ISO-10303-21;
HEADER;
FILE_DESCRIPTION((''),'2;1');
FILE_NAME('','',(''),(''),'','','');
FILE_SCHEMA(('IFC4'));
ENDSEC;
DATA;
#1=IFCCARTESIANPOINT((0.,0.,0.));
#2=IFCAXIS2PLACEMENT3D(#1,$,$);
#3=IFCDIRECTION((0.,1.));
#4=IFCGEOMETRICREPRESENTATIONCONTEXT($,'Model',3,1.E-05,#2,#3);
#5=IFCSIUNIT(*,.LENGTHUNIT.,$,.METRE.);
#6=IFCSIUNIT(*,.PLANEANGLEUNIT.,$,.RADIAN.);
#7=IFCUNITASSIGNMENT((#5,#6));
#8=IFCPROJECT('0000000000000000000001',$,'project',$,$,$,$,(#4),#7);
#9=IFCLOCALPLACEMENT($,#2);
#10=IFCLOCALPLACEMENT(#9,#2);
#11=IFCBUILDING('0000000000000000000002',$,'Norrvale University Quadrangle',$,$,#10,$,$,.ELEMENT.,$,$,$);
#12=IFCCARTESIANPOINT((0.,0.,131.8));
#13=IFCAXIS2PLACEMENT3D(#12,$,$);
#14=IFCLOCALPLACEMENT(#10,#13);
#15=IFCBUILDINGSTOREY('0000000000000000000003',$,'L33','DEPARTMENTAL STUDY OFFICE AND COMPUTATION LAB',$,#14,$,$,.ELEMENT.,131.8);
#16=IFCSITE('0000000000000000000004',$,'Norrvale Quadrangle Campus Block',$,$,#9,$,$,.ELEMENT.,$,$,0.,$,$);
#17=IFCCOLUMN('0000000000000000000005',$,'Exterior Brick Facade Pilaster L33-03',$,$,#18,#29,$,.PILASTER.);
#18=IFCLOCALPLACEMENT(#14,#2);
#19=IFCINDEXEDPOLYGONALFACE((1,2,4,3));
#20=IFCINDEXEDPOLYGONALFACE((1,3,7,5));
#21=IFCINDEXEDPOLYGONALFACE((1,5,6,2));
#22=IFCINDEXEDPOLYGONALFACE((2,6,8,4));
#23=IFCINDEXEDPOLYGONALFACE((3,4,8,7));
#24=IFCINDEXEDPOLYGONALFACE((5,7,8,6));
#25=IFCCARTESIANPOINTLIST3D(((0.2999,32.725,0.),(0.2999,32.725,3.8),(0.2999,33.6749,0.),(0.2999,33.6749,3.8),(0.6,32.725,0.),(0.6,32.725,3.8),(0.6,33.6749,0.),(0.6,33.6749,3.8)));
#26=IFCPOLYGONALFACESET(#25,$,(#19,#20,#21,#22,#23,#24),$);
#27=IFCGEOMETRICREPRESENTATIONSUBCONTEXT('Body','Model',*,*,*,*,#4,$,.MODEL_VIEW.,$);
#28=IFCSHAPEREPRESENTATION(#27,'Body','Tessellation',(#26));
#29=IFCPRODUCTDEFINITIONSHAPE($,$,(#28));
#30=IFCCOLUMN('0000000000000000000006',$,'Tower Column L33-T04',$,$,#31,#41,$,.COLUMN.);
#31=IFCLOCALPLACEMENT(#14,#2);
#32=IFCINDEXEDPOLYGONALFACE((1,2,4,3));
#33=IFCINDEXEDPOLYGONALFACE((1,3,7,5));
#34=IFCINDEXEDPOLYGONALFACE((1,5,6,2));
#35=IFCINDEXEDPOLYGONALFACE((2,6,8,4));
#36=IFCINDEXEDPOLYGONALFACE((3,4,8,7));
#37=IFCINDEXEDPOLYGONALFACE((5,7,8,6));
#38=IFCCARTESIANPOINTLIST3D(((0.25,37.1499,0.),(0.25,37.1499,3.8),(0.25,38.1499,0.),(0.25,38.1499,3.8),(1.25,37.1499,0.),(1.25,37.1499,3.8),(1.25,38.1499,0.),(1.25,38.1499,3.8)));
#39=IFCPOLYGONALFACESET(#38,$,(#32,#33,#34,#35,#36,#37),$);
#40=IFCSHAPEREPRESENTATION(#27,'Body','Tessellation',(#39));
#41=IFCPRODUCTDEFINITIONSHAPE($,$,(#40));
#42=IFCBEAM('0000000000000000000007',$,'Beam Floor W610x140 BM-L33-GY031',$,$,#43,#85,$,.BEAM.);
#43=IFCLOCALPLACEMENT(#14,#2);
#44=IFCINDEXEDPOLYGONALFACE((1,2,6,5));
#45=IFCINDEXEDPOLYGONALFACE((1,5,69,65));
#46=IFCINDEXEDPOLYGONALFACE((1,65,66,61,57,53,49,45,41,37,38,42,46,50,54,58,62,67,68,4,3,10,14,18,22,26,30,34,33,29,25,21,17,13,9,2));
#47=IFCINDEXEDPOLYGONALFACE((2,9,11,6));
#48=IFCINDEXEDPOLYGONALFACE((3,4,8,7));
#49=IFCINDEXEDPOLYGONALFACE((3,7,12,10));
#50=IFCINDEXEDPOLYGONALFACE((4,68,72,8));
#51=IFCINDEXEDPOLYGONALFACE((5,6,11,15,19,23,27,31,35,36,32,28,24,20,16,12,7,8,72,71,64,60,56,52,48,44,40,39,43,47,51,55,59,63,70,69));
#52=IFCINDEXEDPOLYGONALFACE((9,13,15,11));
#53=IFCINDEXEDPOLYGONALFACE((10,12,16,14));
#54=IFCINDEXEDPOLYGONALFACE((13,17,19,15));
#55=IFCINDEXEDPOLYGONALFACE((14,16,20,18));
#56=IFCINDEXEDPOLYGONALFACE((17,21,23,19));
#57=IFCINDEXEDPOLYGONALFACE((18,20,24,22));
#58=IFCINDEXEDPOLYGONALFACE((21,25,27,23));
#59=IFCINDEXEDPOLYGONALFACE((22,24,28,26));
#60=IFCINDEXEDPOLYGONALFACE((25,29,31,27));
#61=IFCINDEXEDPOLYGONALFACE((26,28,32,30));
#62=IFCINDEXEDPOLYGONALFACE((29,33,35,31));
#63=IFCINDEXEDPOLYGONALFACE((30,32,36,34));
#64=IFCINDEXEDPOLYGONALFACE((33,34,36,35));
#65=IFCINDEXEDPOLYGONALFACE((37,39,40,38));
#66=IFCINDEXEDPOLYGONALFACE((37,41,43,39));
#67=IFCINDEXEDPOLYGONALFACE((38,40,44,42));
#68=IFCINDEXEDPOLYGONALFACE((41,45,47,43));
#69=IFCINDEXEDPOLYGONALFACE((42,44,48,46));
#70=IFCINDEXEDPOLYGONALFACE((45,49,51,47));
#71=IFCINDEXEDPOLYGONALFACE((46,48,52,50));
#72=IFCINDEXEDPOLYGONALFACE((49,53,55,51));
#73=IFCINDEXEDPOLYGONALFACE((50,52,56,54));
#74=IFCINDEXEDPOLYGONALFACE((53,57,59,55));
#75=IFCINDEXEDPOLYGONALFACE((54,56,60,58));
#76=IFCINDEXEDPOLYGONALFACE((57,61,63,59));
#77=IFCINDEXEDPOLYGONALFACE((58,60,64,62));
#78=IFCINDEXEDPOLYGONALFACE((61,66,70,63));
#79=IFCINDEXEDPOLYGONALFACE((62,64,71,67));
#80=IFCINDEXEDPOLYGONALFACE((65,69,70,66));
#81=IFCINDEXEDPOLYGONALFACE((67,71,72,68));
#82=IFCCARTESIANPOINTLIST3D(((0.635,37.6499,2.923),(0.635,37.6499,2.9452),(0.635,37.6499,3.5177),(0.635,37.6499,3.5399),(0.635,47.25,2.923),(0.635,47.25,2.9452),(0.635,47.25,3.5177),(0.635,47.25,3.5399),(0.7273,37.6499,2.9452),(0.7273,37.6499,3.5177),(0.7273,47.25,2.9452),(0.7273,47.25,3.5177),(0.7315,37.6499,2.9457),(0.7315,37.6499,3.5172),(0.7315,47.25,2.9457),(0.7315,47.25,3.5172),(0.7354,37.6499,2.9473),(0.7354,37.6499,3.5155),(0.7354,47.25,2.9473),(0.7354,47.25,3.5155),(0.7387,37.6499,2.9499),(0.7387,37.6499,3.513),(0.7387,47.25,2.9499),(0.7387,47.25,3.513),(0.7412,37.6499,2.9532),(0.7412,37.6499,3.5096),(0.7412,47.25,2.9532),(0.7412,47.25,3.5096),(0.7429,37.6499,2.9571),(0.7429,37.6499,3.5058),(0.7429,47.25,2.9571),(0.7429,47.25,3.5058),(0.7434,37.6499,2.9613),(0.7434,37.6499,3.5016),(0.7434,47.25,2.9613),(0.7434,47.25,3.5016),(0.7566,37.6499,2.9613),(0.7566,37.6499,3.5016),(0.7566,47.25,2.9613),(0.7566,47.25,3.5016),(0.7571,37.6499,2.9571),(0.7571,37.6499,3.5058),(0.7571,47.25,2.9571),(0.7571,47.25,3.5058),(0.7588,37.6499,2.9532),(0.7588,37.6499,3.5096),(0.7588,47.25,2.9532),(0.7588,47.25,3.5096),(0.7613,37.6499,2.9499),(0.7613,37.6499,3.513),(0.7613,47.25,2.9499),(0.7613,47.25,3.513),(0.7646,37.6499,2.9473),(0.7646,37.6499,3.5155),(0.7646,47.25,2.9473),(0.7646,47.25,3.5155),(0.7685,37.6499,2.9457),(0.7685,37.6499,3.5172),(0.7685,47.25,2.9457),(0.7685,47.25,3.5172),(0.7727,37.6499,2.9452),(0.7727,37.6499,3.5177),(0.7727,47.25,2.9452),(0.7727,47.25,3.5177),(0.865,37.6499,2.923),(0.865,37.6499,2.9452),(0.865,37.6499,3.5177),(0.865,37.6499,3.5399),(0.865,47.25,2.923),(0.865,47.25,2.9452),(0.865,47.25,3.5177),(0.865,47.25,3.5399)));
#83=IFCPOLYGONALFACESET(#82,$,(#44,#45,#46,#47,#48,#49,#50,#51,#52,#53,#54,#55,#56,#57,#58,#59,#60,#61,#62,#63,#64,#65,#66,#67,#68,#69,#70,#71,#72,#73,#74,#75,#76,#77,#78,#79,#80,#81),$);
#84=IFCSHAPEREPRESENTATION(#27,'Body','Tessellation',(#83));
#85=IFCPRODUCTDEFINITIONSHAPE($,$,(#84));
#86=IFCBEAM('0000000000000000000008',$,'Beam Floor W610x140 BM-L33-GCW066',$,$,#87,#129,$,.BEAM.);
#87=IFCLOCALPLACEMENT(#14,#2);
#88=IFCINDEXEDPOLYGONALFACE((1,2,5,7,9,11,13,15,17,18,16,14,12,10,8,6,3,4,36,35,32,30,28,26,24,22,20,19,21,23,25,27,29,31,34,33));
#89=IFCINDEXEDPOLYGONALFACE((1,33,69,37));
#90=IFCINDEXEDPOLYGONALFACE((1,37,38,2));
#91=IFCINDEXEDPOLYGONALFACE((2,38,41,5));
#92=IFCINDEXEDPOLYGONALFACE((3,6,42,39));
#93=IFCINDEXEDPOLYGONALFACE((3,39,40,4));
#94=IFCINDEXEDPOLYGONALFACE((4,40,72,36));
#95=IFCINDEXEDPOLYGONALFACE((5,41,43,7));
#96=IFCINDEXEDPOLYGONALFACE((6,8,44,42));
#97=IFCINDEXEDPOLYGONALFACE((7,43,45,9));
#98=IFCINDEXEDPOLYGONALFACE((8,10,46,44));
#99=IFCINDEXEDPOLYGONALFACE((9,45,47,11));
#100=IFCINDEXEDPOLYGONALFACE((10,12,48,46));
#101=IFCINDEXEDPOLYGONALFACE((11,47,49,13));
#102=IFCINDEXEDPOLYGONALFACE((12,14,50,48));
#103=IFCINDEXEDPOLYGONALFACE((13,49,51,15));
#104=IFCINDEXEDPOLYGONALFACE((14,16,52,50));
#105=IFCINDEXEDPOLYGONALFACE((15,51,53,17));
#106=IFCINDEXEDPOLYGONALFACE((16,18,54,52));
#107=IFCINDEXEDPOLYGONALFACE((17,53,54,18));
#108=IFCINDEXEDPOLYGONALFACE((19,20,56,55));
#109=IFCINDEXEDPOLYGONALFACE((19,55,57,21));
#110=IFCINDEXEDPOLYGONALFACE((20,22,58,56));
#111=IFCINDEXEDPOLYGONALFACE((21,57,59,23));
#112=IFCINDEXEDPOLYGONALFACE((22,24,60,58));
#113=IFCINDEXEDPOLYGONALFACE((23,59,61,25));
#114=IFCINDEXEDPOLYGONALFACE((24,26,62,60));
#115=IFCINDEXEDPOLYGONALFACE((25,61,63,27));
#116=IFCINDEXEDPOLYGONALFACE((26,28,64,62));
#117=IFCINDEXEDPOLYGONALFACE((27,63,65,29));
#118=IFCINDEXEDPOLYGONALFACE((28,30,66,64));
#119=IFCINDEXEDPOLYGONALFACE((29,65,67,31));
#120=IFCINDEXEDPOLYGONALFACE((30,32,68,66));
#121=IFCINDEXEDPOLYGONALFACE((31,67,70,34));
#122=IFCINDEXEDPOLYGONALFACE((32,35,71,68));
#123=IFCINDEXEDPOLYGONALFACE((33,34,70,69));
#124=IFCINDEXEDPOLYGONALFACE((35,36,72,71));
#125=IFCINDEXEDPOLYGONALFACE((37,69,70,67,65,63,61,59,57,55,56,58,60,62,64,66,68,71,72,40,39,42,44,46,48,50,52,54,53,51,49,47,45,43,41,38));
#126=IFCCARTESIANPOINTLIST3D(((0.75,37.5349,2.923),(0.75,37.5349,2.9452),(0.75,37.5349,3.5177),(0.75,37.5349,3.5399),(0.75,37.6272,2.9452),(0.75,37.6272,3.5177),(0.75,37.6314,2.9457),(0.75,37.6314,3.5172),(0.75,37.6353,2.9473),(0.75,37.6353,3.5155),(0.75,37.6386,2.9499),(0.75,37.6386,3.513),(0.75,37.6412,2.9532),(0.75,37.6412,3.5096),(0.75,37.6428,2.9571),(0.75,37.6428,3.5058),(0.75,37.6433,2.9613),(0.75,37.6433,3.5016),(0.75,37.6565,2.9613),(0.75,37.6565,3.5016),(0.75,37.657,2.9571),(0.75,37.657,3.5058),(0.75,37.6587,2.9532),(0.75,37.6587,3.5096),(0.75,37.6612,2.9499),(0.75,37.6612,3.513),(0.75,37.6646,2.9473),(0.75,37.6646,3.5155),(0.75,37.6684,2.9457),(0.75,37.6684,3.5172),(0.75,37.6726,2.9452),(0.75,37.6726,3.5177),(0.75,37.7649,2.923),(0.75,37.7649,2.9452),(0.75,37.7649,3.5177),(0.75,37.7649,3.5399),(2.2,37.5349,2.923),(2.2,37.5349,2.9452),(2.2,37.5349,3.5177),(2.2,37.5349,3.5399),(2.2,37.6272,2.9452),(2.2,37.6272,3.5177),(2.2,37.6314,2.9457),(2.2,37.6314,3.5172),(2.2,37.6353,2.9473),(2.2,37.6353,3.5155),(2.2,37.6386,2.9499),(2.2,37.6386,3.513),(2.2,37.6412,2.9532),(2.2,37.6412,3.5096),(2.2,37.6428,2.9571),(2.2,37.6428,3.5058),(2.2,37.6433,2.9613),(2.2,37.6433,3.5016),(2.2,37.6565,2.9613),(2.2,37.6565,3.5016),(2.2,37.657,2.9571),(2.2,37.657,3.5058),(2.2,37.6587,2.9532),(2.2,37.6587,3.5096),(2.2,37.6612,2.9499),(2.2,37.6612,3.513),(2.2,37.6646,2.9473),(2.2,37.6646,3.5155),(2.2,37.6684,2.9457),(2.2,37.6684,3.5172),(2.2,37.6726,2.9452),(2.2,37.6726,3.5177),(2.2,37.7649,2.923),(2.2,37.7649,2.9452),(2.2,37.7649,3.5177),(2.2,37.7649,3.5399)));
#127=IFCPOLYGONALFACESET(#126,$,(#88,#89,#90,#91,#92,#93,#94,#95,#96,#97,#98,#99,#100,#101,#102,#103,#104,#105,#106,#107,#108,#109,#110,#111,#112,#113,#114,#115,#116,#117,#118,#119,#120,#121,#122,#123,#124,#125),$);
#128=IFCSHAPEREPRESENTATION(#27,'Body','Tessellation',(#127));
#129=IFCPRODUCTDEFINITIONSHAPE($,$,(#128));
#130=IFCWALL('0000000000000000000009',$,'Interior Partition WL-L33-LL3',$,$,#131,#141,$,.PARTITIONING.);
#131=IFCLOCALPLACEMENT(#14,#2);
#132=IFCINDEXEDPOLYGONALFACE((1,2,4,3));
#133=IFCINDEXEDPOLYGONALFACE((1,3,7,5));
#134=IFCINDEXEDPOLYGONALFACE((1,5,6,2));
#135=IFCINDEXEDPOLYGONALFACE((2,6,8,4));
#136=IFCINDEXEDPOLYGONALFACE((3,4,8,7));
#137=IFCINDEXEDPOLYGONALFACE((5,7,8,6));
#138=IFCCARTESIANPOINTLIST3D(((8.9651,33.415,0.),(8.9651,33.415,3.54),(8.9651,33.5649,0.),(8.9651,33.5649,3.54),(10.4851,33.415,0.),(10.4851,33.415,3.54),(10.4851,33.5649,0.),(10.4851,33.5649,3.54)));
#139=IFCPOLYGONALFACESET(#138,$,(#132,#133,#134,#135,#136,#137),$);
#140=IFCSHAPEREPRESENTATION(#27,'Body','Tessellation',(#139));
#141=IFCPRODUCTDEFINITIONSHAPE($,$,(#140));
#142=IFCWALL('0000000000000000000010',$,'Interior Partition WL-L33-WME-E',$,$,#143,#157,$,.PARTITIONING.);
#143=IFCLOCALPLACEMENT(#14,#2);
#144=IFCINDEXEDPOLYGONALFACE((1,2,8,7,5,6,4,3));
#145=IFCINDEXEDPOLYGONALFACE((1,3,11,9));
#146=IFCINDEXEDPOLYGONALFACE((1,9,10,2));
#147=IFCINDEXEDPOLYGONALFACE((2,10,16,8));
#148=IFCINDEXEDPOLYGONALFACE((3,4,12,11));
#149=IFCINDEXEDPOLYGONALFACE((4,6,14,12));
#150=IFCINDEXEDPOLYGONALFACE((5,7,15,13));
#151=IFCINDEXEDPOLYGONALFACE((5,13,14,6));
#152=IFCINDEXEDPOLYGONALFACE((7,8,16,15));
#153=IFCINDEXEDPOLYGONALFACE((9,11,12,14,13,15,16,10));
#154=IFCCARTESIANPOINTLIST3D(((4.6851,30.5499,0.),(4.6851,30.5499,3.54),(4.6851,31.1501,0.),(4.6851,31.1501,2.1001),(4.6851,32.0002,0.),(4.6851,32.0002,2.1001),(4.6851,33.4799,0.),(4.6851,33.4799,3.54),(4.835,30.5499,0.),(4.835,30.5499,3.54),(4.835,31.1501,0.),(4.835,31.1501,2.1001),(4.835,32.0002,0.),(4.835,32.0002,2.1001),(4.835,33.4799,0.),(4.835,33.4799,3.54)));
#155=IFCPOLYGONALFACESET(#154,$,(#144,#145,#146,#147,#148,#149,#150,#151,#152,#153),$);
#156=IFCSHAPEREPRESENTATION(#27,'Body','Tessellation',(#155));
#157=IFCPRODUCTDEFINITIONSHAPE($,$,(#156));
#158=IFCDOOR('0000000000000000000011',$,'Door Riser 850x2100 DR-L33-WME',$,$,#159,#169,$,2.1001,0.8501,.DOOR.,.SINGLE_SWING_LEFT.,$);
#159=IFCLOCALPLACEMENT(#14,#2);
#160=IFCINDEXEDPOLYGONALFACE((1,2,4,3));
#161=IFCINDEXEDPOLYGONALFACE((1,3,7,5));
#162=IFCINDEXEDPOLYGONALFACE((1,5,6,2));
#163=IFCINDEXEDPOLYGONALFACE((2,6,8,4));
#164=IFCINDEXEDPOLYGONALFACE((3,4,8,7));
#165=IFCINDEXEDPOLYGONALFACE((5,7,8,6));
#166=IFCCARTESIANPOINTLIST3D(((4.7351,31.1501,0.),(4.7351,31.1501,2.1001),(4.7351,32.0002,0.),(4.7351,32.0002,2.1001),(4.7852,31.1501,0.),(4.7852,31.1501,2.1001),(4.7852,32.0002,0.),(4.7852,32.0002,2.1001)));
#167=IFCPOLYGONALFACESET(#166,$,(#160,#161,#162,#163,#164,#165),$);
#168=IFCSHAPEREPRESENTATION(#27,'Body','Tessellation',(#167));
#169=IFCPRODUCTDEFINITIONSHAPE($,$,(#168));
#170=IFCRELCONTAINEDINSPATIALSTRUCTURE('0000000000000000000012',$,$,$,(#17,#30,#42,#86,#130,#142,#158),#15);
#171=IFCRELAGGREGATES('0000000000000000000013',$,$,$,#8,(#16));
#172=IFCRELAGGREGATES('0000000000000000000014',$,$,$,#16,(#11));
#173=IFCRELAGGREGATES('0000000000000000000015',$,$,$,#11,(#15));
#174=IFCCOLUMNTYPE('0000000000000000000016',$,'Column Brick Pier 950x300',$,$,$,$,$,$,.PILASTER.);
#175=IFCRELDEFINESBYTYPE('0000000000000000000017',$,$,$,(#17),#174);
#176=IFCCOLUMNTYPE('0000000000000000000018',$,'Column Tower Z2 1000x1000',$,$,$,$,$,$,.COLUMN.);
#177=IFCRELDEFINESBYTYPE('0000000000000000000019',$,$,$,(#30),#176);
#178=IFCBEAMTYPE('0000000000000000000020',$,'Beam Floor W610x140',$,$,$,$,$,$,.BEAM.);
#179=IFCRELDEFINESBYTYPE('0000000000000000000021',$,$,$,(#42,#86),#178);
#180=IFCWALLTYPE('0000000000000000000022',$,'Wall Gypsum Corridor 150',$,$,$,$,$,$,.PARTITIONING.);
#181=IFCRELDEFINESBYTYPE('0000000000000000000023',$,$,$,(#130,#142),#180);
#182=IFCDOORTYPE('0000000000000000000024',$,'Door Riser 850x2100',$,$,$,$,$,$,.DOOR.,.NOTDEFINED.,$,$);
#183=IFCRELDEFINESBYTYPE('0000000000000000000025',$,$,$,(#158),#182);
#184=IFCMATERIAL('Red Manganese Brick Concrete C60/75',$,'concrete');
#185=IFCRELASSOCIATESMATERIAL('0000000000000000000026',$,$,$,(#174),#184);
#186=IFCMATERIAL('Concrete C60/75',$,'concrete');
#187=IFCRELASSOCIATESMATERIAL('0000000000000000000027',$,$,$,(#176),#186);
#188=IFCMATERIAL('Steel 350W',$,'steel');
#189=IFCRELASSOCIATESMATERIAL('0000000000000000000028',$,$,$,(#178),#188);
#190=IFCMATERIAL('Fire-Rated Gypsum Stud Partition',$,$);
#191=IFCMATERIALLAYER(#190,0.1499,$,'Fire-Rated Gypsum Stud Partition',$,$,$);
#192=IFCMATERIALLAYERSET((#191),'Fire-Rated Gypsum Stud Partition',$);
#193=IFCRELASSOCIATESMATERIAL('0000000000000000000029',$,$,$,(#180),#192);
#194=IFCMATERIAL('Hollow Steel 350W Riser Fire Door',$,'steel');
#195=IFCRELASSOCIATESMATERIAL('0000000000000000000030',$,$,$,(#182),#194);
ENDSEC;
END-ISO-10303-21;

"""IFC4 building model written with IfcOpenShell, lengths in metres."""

from ifc_helpers import new_model, si_unit, direction, frame, frame_2d, origin, origin_2d, place, context, subcontext, project, spatial, rectangle, i_section, extrude, material, layer, layer_set, material_profile, profile_set, type_object, element, fill, save


model = new_model("IFC4")

# Units and contexts
model_context = context("Model", 3, precision=1e-05, world=origin(), true_north=direction((0.0, 1.0)))
body_context = subcontext(model_context, "Body", "Model", "MODEL_VIEW")
ifc_project = project(units=[si_unit("LENGTHUNIT", "METRE"), si_unit("PLANEANGLEUNIT", "RADIAN")], contexts=[model_context])

# Site, building, storey
site_placement = place(None, origin())
site = spatial("IfcSite", under=ifc_project, at=site_placement, Name="Norrvale Quadrangle Campus Block", CompositionType="ELEMENT", RefElevation=0.0)
building_placement = place(site_placement, origin())
building = spatial("IfcBuilding", under=site, at=building_placement, Name="Norrvale University Quadrangle", CompositionType="ELEMENT")
storey_placement = place(building_placement, frame((0.0, 0.0, 131.8)))
storey = spatial("IfcBuildingStorey", under=building, at=storey_placement, Name="L33", Description="DEPARTMENTAL STUDY OFFICE AND COMPUTATION LAB", CompositionType="ELEMENT", Elevation=131.8)

# Columns
ifc_material_1 = material(Name="Red Manganese Brick Concrete C60/75", Category="concrete")
ifc_material_profile_1 = material_profile(ifc_material_1, rectangle(XDim=0.95, YDim=0.3, at=origin_2d()), Name="Red Manganese Brick Concrete C60/75")
ifc_profile_set_1 = profile_set([ifc_material_profile_1], Name="Red Manganese Brick Concrete C60/75")
column_type_1 = type_object("IfcColumnType", Name="Column Brick Pier 950x300", PredefinedType="PILASTER", material=ifc_profile_set_1)
column_1_placement = place(storey_placement, frame((0.45, 33.2, 0.0), z_axis=(0.0, 0.0, 1.0), x_axis=(0.0, 1.0, 0.0)))
element("IfcColumn", 1, at=column_1_placement, inside=storey, type_object=column_type_1, Name="Exterior Brick Facade Pilaster L33-03", PredefinedType="PILASTER", context=body_context, shape_type="SweptSolid", body=[
    extrude(rectangle(XDim=0.95, YDim=0.3, at=origin_2d()), origin(), (0.0, 0.0, 1.0), 3.8),
])
ifc_material_2 = material(Name="Concrete C60/75", Category="concrete")
ifc_material_profile_2 = material_profile(ifc_material_2, rectangle(XDim=1.0, YDim=1.0, at=origin_2d()), Name="Concrete C60/75")
ifc_profile_set_2 = profile_set([ifc_material_profile_2], Name="Concrete C60/75")
column_type_2 = type_object("IfcColumnType", Name="Column Tower Z2 1000x1000", PredefinedType="COLUMN", material=ifc_profile_set_2)
column_2_placement = place(storey_placement, frame((0.75, 37.6499, 0.0), z_axis=(0.0, 0.0, 1.0), x_axis=(1.0, 0.0, 0.0)))
element("IfcColumn", 2, at=column_2_placement, inside=storey, type_object=column_type_2, Name="Tower Column L33-T04", PredefinedType="COLUMN", context=body_context, shape_type="SweptSolid", body=[
    extrude(rectangle(XDim=1.0, YDim=1.0, at=origin_2d()), origin(), (0.0, 0.0, 1.0), 3.8),
])

# Beams
ifc_material_3 = material(Name="Steel 350W", Category="steel")
ifc_material_profile_3 = material_profile(ifc_material_3, i_section(OverallWidth=0.23, OverallDepth=0.6169, WebThickness=0.0132, FlangeThickness=0.0222, FilletRadius=0.0161, at=origin_2d()), Name="Steel 350W")
ifc_profile_set_3 = profile_set([ifc_material_profile_3], Name="Steel 350W")
beam_type = type_object("IfcBeamType", Name="Beam Floor W610x140", PredefinedType="BEAM", material=ifc_profile_set_3)
beam_1_placement = place(storey_placement, frame((0.75, 37.6499, 3.2314), z_axis=(0.0, 1.0, 0.0), x_axis=(-1.0, 0.0, 0.0)))
element("IfcBeam", 3, at=beam_1_placement, inside=storey, type_object=beam_type, Name="Beam Floor W610x140 BM-L33-GY031", PredefinedType="BEAM", context=body_context, shape_type="SweptSolid", body=[
    extrude(i_section(OverallWidth=0.23, OverallDepth=0.6169, WebThickness=0.0132, FlangeThickness=0.0222, FilletRadius=0.0161, at=origin_2d()), origin(), (0.0, 0.0, 1.0), 9.6001),
])
beam_2_placement = place(storey_placement, frame((0.75, 37.6499, 3.2314), z_axis=(1.0, 0.0, 0.0), x_axis=(0.0, 1.0, 0.0)))
element("IfcBeam", 4, at=beam_2_placement, inside=storey, type_object=beam_type, Name="Beam Floor W610x140 BM-L33-GCW066", PredefinedType="BEAM", context=body_context, shape_type="SweptSolid", body=[
    extrude(i_section(OverallWidth=0.23, OverallDepth=0.6169, WebThickness=0.0132, FlangeThickness=0.0222, FilletRadius=0.0161, at=origin_2d()), origin(), (0.0, 0.0, 1.0), 1.45),
])

# Wall
ifc_material_4 = material(Name="Fire-Rated Gypsum Stud Partition")
ifc_layer_1 = layer(ifc_material_4, 0.1499, Name="Fire-Rated Gypsum Stud Partition")
ifc_layer_set_1 = layer_set([ifc_layer_1], Name="Fire-Rated Gypsum Stud Partition")
wall_type_1 = type_object("IfcWallType", Name="Wall Gypsum Corridor 150", PredefinedType="PARTITIONING", material=ifc_layer_set_1)
wall_1_placement = place(storey_placement, frame((8.9651, 33.49, 0.0), z_axis=(0.0, 0.0, 1.0), x_axis=(1.0, 0.0, 0.0)))
element("IfcWall", 5, at=wall_1_placement, inside=storey, type_object=wall_type_1, Name="Interior Partition WL-L33-LL3", PredefinedType="PARTITIONING", context=body_context, shape_type="SweptSolid", body=[
    extrude(rectangle(XDim=1.52, YDim=0.1499, at=frame_2d((0.76, 0.0))), origin(), (0.0, 0.0, 1.0), 3.54),
])

# Wall, opening, door
wall_2_placement = place(storey_placement, frame((4.76, 30.55, 0.0), z_axis=(0.0, 0.0, 1.0), x_axis=(0.0, 1.0, 0.0)))
wall_2 = element("IfcWall", 6, at=wall_2_placement, inside=storey, type_object=wall_type_1, Name="Interior Partition WL-L33-WME-E", PredefinedType="PARTITIONING", context=body_context, shape_type="SweptSolid", body=[
    extrude(rectangle(XDim=2.9299, YDim=0.1499, at=frame_2d((1.4648, 0.0))), origin(), (0.0, 0.0, 1.0), 3.54),
])
opening_1_placement = place(wall_2_placement, frame((0.6001, 0.0, 0.0)))
opening_1 = element("IfcOpeningElement", 7, at=opening_1_placement, cuts=wall_2, PredefinedType="OPENING", context=body_context, shape_type="SweptSolid", body=[
    extrude(rectangle(XDim=0.8501, YDim=2.1001, at=frame_2d((0.425, 1.05))), frame((0.0, 0.0869, 0.0), z_axis=(0.0, -1.0, 0.0), x_axis=(1.0, 0.0, 0.0)), (0.0, 0.0, 1.0), 0.1738),
])
ifc_material_5 = material(Name="Hollow Steel 350W Riser Fire Door", Category="steel")
door_type_1 = type_object("IfcDoorType", Name="Door Riser 850x2100", OperationType="NOTDEFINED", PredefinedType="DOOR", material=ifc_material_5)
door_1_placement = place(opening_1_placement, origin())
door_1 = element("IfcDoor", 8, at=door_1_placement, inside=storey, type_object=door_type_1, Name="Door Riser 850x2100 DR-L33-WME", OperationType="SINGLE_SWING_LEFT", OverallHeight=2.1001, OverallWidth=0.8501, PredefinedType="DOOR", context=body_context, shape_type="SweptSolid", body=[
    extrude(rectangle(XDim=0.8501, YDim=2.1001, at=frame_2d((0.425, 1.05))), frame((0.0, 0.0249, 0.0), z_axis=(0.0, -1.0, 0.0), x_axis=(1.0, 0.0, 0.0)), (0.0, 0.0, 1.0), 0.05),
])
fill(opening_1, door_1)

save(model, "model.ifc")
